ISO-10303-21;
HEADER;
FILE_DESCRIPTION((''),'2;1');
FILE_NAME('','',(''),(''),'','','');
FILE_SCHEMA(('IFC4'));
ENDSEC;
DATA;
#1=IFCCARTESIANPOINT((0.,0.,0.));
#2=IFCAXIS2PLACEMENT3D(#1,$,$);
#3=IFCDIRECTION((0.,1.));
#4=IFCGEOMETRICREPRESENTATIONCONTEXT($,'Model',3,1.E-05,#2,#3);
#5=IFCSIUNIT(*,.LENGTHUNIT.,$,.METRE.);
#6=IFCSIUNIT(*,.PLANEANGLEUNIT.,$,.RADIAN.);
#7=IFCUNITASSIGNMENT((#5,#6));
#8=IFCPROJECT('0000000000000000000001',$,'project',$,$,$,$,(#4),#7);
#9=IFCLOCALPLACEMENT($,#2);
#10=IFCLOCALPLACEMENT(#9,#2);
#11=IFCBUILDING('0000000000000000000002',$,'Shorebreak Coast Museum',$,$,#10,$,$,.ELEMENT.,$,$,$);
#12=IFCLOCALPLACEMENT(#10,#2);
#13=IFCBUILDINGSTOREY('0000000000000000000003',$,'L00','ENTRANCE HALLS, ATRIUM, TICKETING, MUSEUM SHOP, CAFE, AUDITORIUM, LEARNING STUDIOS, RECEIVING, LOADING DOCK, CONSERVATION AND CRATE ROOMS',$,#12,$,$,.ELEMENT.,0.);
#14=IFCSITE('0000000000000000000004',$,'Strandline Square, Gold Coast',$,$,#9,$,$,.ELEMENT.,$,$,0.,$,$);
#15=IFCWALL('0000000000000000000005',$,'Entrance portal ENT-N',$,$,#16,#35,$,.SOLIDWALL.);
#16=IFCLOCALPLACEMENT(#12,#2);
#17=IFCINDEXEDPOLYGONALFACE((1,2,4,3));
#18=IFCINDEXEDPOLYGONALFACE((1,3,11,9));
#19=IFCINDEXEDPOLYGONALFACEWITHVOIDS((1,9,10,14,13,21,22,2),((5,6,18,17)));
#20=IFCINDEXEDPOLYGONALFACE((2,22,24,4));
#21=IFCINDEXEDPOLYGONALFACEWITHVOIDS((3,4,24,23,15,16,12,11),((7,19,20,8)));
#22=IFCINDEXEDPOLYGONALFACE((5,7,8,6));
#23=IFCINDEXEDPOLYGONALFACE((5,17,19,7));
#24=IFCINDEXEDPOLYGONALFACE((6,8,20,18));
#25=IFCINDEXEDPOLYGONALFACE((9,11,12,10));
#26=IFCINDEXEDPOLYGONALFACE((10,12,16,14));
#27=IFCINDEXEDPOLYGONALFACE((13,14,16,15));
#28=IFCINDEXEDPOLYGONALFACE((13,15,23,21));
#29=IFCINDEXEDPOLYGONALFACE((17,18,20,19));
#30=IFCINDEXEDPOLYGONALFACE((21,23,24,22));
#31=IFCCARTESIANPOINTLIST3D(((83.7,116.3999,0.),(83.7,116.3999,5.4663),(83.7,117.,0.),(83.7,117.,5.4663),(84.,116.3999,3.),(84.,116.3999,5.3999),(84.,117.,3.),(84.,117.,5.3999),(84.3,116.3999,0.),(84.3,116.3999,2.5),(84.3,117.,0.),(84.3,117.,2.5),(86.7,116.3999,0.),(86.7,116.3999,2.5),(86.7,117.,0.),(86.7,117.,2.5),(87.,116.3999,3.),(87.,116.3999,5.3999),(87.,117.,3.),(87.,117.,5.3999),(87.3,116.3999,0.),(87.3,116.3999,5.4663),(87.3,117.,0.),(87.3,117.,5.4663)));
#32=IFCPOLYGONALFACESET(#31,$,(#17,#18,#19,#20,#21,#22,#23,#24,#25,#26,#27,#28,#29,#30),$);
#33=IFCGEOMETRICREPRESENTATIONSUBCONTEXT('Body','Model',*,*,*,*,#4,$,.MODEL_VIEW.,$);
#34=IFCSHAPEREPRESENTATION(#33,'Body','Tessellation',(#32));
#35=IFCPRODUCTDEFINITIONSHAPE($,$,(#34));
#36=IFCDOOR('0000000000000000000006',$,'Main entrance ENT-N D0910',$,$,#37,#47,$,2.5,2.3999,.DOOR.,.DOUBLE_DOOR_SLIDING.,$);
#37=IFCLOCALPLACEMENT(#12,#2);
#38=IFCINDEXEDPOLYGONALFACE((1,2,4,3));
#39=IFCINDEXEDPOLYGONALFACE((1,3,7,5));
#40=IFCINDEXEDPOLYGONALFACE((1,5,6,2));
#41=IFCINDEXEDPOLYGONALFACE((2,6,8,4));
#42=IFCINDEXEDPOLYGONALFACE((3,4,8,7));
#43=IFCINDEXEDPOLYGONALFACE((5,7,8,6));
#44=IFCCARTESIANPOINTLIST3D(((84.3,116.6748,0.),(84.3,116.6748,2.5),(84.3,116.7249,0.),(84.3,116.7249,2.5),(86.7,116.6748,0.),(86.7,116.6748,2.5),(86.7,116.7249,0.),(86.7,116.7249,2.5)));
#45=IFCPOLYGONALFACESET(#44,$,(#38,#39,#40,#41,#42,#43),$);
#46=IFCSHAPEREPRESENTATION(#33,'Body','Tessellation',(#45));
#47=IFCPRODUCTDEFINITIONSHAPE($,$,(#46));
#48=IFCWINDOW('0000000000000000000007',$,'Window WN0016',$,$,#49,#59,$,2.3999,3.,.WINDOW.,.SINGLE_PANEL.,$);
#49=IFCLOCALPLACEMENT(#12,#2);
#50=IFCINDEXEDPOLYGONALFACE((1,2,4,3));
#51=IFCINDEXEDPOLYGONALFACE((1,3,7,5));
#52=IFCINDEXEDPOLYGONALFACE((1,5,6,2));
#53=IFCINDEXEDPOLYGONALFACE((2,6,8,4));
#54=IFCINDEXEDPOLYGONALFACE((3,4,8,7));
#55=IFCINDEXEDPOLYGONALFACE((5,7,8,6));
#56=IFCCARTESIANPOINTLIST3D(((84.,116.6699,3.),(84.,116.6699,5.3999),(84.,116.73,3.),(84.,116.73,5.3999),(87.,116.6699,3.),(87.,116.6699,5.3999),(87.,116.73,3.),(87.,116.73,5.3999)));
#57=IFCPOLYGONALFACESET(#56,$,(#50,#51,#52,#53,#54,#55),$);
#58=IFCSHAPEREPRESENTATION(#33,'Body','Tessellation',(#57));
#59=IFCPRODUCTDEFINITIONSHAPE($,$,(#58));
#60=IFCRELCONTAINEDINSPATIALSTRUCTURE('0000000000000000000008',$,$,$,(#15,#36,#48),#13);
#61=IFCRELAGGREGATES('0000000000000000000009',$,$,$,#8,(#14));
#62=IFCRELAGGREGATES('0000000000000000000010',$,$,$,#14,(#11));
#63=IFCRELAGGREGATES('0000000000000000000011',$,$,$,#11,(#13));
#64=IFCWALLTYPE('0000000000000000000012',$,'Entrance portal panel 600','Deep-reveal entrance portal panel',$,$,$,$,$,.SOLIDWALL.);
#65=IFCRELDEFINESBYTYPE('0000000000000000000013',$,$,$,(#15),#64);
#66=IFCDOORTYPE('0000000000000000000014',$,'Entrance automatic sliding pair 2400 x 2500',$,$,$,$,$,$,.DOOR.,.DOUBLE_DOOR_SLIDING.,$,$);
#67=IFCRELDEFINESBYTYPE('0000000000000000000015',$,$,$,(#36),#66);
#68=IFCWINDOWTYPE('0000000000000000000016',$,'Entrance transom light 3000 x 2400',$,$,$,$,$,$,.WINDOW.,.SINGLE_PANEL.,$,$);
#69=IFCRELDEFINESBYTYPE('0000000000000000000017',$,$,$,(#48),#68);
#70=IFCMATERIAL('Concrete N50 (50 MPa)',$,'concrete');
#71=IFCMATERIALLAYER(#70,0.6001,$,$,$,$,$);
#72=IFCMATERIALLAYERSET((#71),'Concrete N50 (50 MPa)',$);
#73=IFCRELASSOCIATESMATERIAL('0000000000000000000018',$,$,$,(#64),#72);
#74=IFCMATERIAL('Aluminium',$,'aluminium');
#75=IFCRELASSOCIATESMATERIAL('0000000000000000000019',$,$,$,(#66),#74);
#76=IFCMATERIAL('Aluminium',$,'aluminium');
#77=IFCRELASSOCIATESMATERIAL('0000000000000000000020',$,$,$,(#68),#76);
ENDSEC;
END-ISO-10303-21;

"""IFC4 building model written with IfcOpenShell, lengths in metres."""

from ifc_helpers import new_model, si_unit, direction, frame, frame_2d, origin, place, context, subcontext, project, spatial, rectangle, extrude, material, layer, layer_set, type_object, element, fill, save


model = new_model("IFC4")

# Units and contexts
model_context = context("Model", 3, precision=1e-05, world=origin(), true_north=direction((0.0, 1.0)))
body_context = subcontext(model_context, "Body", "Model", "MODEL_VIEW")
ifc_project = project(units=[si_unit("LENGTHUNIT", "METRE"), si_unit("PLANEANGLEUNIT", "RADIAN")], contexts=[model_context])

# Site, building, storey
site_placement = place(None, origin())
site = spatial("IfcSite", under=ifc_project, at=site_placement, Name="Strandline Square, Gold Coast", CompositionType="ELEMENT", RefElevation=0.0)
building_placement = place(site_placement, origin())
building = spatial("IfcBuilding", under=site, at=building_placement, Name="Shorebreak Coast Museum", CompositionType="ELEMENT")
storey_placement = place(building_placement, origin())
storey = spatial("IfcBuildingStorey", under=building, at=storey_placement, Name="L00", Description="ENTRANCE HALLS, ATRIUM, TICKETING, MUSEUM SHOP, CAFE, AUDITORIUM, LEARNING STUDIOS, RECEIVING, LOADING DOCK, CONSERVATION AND CRATE ROOMS", CompositionType="ELEMENT", Elevation=0.0)

# Wall, openings, door, window
ifc_material_1 = material(Name="Concrete N50 (50 MPa)", Category="concrete")
ifc_layer_1 = layer(ifc_material_1, 0.6001)
ifc_layer_set_1 = layer_set([ifc_layer_1], Name="Concrete N50 (50 MPa)")
wall_type = type_object("IfcWallType", Name="Entrance portal panel 600", Description="Deep-reveal entrance portal panel", PredefinedType="SOLIDWALL", material=ifc_layer_set_1)
wall_placement = place(storey_placement, frame((83.7, 116.7, 0.0), z_axis=(0.0, 0.0, 1.0), x_axis=(1.0, 0.0, 0.0)))
wall = element("IfcWall", 1, at=wall_placement, inside=storey, type_object=wall_type, Name="Entrance portal ENT-N", PredefinedType="SOLIDWALL", context=body_context, shape_type="SweptSolid", body=[
    extrude(rectangle(XDim=3.6001, YDim=0.6001, at=frame_2d((1.8, 0.0))), origin(), (0.0, 0.0, 1.0), 5.4663),
])
opening_1_placement = place(wall_placement, frame((0.6001, 0.0, 0.0)))
opening_1 = element("IfcOpeningElement", 2, at=opening_1_placement, cuts=wall, PredefinedType="OPENING", context=body_context, shape_type="SweptSolid", body=[
    extrude(rectangle(XDim=2.3999, YDim=2.5, at=frame_2d((1.2, 1.25))), frame((0.0, 0.3101, 0.0), z_axis=(0.0, -1.0, 0.0), x_axis=(1.0, 0.0, 0.0)), (0.0, 0.0, 1.0), 0.6201),
])
opening_2_placement = place(wall_placement, frame((0.3, 0.0, 3.0)))
opening_2 = element("IfcOpeningElement", 3, at=opening_2_placement, cuts=wall, PredefinedType="OPENING", context=body_context, shape_type="SweptSolid", body=[
    extrude(rectangle(XDim=3.0, YDim=2.3999, at=frame_2d((1.5, 1.2))), frame((0.0, 0.3101, 0.0), z_axis=(0.0, -1.0, 0.0), x_axis=(1.0, 0.0, 0.0)), (0.0, 0.0, 1.0), 0.6201),
])
ifc_material_2 = material(Name="Aluminium", Category="aluminium")
door_type = type_object("IfcDoorType", Name="Entrance automatic sliding pair 2400 x 2500", OperationType="DOUBLE_DOOR_SLIDING", PredefinedType="DOOR", material=ifc_material_2)
door_placement = place(opening_1_placement, origin())
door = element("IfcDoor", 4, at=door_placement, inside=storey, type_object=door_type, Name="Main entrance ENT-N D0910", OperationType="DOUBLE_DOOR_SLIDING", OverallHeight=2.5, OverallWidth=2.3999, PredefinedType="DOOR", context=body_context, shape_type="SweptSolid", body=[
    extrude(rectangle(XDim=2.3999, YDim=2.5, at=frame_2d((1.2, 1.25))), frame((0.0, 0.0249, 0.0), z_axis=(0.0, -1.0, 0.0), x_axis=(1.0, 0.0, 0.0)), (0.0, 0.0, 1.0), 0.05),
])
fill(opening_1, door)
ifc_material_3 = material(Name="Aluminium", Category="aluminium")
window_type = type_object("IfcWindowType", Name="Entrance transom light 3000 x 2400", PartitioningType="SINGLE_PANEL", PredefinedType="WINDOW", material=ifc_material_3)
window_placement = place(opening_2_placement, origin())
window = element("IfcWindow", 5, at=window_placement, inside=storey, type_object=window_type, Name="Window WN0016", OverallHeight=2.3999, OverallWidth=3.0, PartitioningType="SINGLE_PANEL", PredefinedType="WINDOW", context=body_context, shape_type="SweptSolid", body=[
    extrude(rectangle(XDim=3.0, YDim=2.3999, at=frame_2d((1.5, 1.2))), frame((0.0, 0.03, 0.0), z_axis=(0.0, -1.0, 0.0), x_axis=(1.0, 0.0, 0.0)), (0.0, 0.0, 1.0), 0.0601),
])
fill(opening_2, window)

save(model, "model.ifc")
